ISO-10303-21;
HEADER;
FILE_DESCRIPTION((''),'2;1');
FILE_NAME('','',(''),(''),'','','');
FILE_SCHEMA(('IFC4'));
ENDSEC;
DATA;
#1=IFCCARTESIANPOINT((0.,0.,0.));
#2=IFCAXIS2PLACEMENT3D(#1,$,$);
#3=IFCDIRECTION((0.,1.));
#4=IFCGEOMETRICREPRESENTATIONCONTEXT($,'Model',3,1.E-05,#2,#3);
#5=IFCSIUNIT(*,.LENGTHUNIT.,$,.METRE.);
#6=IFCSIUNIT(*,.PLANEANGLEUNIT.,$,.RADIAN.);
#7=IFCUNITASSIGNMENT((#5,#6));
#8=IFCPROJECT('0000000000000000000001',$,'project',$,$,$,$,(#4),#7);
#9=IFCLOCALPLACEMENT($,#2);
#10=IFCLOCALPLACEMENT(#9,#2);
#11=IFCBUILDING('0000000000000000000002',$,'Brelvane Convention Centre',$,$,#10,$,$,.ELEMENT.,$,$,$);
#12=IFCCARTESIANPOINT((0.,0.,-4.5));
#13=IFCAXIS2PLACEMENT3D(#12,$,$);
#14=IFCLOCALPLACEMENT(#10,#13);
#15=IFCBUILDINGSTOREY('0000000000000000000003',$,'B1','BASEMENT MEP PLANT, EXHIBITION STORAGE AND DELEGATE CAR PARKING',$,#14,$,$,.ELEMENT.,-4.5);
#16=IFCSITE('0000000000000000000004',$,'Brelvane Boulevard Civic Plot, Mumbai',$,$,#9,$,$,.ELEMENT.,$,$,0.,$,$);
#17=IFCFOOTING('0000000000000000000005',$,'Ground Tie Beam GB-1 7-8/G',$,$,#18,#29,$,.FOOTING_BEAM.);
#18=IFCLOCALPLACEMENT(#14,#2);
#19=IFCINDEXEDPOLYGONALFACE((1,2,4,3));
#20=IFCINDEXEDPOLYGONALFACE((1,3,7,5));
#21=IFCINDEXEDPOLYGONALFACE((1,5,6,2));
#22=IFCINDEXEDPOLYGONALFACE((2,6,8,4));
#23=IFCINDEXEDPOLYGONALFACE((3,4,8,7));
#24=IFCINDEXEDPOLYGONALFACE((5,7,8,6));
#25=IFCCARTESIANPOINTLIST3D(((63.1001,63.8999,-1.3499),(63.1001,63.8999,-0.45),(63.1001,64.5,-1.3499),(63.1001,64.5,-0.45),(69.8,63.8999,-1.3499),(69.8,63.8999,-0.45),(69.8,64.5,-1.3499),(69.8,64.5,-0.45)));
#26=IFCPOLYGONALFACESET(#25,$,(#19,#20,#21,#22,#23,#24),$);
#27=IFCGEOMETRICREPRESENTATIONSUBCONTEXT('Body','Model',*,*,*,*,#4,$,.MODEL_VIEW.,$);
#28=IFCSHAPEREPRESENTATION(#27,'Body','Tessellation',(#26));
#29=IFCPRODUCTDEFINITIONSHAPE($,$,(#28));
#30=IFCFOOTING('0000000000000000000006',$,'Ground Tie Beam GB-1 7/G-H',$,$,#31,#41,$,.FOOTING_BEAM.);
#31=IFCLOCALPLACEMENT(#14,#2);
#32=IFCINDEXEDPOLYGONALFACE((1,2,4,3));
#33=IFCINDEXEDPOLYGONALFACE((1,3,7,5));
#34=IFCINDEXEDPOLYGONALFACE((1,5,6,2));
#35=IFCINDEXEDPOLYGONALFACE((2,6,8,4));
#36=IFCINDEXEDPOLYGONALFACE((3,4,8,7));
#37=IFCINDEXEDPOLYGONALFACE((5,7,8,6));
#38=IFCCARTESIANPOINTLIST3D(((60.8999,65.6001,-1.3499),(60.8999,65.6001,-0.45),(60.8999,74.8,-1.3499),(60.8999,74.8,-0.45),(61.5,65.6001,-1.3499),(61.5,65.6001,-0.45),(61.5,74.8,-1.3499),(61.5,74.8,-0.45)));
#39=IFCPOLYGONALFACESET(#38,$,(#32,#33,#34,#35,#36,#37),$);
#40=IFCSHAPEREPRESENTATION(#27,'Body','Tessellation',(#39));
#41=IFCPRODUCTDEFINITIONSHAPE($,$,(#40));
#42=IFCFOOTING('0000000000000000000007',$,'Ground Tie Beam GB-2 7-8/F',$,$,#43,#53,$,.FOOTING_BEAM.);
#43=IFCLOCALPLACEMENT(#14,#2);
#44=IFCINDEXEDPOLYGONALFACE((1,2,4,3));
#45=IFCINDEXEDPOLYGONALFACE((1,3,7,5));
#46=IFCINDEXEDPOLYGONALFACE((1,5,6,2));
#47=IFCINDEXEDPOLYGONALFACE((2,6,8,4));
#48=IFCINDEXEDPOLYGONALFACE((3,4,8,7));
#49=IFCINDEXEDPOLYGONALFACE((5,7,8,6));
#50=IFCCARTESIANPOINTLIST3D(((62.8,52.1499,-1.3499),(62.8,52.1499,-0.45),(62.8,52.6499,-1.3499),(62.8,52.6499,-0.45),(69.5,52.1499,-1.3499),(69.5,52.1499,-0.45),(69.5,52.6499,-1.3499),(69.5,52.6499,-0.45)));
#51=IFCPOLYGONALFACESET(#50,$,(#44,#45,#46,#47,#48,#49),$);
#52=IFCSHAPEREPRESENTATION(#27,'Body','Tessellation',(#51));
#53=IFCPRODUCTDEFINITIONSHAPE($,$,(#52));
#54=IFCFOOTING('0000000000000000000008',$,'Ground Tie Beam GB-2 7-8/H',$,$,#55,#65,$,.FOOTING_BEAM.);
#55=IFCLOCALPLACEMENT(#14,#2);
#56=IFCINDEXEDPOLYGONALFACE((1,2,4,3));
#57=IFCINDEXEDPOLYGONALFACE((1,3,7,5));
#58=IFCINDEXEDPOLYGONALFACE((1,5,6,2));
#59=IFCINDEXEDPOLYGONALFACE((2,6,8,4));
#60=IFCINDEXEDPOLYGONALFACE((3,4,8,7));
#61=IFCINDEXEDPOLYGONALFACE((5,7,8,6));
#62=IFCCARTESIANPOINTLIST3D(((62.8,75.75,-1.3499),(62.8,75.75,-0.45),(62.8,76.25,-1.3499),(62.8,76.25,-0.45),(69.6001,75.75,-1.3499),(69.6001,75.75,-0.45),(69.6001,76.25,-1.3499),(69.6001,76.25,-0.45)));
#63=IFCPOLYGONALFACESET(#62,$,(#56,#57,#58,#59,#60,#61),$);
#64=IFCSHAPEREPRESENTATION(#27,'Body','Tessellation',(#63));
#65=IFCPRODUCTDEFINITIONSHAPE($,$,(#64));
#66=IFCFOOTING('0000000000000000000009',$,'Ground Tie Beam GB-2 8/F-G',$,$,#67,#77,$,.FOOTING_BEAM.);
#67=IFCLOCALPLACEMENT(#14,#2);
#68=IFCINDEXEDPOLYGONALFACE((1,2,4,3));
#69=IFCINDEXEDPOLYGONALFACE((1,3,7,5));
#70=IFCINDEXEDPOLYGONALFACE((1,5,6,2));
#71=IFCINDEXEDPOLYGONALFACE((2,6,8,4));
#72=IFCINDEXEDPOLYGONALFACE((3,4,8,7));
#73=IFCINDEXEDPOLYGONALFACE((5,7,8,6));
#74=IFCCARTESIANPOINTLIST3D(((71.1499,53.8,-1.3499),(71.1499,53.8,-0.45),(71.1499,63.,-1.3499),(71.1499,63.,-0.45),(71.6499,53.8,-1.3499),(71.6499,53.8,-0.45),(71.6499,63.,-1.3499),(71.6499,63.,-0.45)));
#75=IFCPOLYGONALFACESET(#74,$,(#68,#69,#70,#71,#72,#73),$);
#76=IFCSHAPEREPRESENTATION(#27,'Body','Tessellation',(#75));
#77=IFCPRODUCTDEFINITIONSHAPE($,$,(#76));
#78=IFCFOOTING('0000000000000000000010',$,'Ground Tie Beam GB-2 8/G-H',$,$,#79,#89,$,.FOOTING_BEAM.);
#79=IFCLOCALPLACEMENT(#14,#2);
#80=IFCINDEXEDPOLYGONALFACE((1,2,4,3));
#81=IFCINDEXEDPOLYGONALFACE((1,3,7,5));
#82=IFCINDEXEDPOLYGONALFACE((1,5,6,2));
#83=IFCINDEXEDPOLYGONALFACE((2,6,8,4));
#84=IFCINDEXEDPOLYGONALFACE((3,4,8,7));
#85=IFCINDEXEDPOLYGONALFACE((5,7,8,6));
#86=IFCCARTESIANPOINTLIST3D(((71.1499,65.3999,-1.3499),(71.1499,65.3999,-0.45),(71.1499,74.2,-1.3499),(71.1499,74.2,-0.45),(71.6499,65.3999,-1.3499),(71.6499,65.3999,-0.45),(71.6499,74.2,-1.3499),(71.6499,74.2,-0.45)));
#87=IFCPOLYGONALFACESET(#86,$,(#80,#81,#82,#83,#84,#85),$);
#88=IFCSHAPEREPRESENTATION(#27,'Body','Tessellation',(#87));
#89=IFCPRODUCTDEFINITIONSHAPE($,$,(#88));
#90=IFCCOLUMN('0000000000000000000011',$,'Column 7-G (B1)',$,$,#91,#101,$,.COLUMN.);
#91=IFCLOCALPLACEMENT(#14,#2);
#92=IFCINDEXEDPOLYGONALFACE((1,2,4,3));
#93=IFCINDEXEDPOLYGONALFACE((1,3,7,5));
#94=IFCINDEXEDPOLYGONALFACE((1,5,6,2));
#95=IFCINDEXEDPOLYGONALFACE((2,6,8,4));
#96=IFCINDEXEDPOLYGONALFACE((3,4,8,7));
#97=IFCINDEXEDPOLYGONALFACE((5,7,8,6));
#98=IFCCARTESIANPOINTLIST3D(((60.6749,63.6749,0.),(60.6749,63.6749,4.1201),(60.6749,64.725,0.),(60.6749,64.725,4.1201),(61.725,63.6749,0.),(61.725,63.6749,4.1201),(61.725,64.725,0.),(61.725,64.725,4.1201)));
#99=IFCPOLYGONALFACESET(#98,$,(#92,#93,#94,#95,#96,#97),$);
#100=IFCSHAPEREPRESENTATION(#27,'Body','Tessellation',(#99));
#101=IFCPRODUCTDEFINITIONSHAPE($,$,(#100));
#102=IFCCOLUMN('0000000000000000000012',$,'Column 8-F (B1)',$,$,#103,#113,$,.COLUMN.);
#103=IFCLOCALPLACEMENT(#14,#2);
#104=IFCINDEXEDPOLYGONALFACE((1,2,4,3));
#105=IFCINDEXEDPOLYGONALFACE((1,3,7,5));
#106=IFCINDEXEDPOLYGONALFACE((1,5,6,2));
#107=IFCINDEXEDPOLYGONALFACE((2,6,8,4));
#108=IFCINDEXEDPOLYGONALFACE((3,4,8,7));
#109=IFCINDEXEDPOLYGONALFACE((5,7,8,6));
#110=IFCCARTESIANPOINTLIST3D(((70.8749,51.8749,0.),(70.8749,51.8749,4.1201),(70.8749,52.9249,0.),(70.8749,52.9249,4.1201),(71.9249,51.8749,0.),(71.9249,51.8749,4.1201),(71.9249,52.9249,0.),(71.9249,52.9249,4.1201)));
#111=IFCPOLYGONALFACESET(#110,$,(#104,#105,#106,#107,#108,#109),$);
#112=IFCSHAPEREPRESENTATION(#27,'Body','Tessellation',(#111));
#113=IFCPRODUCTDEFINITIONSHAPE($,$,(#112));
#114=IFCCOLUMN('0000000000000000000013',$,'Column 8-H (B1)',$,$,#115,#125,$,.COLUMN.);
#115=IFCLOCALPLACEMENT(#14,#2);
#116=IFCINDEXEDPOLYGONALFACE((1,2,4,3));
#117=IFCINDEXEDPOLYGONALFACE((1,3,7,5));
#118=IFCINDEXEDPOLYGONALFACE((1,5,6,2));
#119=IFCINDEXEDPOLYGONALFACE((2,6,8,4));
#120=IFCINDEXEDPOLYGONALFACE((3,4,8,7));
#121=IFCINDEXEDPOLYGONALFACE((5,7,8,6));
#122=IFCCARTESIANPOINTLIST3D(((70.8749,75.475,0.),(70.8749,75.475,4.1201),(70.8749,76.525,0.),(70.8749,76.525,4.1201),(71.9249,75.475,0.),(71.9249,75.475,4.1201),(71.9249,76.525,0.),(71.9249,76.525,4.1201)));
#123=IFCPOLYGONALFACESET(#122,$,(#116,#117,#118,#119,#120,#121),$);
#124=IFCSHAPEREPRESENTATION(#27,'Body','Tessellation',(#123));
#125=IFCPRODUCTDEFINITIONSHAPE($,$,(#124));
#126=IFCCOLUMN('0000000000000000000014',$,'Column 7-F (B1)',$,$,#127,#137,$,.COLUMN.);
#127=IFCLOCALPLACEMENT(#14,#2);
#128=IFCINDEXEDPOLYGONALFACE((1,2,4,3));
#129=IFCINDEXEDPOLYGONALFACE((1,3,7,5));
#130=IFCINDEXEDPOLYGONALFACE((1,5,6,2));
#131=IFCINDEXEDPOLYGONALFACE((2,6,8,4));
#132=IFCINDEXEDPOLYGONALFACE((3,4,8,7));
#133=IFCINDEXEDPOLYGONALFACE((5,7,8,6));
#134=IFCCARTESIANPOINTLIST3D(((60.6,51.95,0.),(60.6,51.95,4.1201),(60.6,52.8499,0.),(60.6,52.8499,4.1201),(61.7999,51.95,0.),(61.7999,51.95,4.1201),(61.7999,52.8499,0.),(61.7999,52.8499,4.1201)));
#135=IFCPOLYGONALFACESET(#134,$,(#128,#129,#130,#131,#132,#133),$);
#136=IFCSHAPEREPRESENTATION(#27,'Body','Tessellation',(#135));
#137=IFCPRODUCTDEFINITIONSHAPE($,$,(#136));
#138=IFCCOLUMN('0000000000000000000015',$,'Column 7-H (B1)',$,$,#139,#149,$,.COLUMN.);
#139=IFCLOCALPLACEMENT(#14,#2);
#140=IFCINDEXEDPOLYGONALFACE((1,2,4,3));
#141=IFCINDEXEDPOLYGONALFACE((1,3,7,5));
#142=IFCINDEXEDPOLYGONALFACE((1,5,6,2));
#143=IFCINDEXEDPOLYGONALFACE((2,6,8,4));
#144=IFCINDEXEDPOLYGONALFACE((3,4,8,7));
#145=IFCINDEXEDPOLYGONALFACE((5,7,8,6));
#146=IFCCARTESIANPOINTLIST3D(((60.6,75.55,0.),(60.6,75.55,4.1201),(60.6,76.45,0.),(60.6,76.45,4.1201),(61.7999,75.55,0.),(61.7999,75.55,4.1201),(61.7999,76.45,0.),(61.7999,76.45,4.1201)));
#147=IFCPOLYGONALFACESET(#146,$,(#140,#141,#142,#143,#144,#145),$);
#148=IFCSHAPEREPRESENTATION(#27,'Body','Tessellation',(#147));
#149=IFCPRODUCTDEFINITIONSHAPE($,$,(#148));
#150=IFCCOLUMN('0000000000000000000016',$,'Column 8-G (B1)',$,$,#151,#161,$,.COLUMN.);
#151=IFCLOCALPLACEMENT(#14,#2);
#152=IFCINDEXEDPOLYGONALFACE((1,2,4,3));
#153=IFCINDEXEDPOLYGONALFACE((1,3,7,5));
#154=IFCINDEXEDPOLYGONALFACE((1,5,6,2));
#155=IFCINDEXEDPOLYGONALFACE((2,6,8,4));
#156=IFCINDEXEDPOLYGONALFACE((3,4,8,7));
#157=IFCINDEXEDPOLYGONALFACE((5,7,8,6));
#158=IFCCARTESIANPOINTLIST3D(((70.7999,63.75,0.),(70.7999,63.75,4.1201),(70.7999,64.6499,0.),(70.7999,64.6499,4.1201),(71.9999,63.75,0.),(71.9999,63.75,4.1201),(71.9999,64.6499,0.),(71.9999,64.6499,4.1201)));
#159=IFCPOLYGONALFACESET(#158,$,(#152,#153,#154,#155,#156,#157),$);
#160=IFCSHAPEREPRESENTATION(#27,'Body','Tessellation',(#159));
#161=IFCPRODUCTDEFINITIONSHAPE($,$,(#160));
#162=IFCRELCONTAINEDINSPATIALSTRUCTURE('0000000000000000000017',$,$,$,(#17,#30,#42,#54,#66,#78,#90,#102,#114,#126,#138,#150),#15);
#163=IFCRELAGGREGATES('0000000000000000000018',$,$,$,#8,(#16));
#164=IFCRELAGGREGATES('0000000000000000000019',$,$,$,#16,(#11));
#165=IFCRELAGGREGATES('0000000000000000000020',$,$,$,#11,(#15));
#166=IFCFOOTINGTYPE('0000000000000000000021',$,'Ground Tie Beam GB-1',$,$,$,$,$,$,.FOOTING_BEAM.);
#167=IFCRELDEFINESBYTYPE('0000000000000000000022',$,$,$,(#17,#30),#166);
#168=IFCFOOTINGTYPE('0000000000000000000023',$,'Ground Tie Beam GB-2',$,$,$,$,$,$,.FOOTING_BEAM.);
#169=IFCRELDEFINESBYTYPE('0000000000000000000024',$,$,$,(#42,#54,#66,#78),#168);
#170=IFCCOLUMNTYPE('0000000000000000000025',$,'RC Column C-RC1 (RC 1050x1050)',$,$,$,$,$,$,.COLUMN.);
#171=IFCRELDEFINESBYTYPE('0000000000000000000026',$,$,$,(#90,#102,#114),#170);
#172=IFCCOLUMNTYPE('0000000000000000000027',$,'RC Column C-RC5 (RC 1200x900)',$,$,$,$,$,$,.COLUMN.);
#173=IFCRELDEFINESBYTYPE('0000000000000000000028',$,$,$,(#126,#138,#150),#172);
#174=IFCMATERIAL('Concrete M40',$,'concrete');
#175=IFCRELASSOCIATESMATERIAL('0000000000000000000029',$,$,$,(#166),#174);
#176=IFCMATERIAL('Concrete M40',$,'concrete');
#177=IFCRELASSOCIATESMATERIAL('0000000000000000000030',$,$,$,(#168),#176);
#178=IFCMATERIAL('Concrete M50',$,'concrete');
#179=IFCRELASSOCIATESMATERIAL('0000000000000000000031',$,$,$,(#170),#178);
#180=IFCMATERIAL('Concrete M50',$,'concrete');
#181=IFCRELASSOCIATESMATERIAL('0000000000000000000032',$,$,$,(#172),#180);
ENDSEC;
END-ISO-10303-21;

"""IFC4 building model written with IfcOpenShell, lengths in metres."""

from ifc_helpers import new_model, si_unit, direction, frame, origin, origin_2d, place, context, subcontext, project, spatial, rectangle, extrude, material, material_profile, profile_set, type_object, element, save


model = new_model("IFC4")

# Units and contexts
model_context = context("Model", 3, precision=1e-05, world=origin(), true_north=direction((0.0, 1.0)))
body_context = subcontext(model_context, "Body", "Model", "MODEL_VIEW")
ifc_project = project(units=[si_unit("LENGTHUNIT", "METRE"), si_unit("PLANEANGLEUNIT", "RADIAN")], contexts=[model_context])

# Site, building, storey
site_placement = place(None, origin())
site = spatial("IfcSite", under=ifc_project, at=site_placement, Name="Brelvane Boulevard Civic Plot, Mumbai", CompositionType="ELEMENT", RefElevation=0.0)
building_placement = place(site_placement, origin())
building = spatial("IfcBuilding", under=site, at=building_placement, Name="Brelvane Convention Centre", CompositionType="ELEMENT")
storey_placement = place(building_placement, frame((0.0, 0.0, -4.5)))
storey = spatial("IfcBuildingStorey", under=building, at=storey_placement, Name="B1", Description="BASEMENT MEP PLANT, EXHIBITION STORAGE AND DELEGATE CAR PARKING", CompositionType="ELEMENT", Elevation=-4.5)

# Footings
ifc_material_1 = material(Name="Concrete M40", Category="concrete")
ifc_material_profile_1 = material_profile(ifc_material_1, rectangle(XDim=0.6001, YDim=0.8999, at=origin_2d()), Name="RC 600x900")
ifc_profile_set_1 = profile_set([ifc_material_profile_1], Name="Concrete M40")
footing_type_1 = type_object("IfcFootingType", Name="Ground Tie Beam GB-1", PredefinedType="FOOTING_BEAM", material=ifc_profile_set_1)
footing_1_placement = place(storey_placement, frame((63.1001, 64.2, -0.8999), z_axis=(1.0, 0.0, 0.0), x_axis=(0.0, 1.0, 0.0)))
element("IfcFooting", 1, at=footing_1_placement, inside=storey, type_object=footing_type_1, Name="Ground Tie Beam GB-1 7-8/G", PredefinedType="FOOTING_BEAM", context=body_context, shape_type="SweptSolid", body=[
    extrude(rectangle(XDim=0.6001, YDim=0.8999, at=origin_2d()), origin(), (0.0, 0.0, 1.0), 6.7),
])
footing_2_placement = place(storey_placement, frame((61.2, 65.6001, -0.8999), z_axis=(0.0, 1.0, 0.0), x_axis=(-1.0, 0.0, 0.0)))
element("IfcFooting", 2, at=footing_2_placement, inside=storey, type_object=footing_type_1, Name="Ground Tie Beam GB-1 7/G-H", PredefinedType="FOOTING_BEAM", context=body_context, shape_type="SweptSolid", body=[
    extrude(rectangle(XDim=0.6001, YDim=0.8999, at=origin_2d()), origin(), (0.0, 0.0, 1.0), 9.2),
])
ifc_material_2 = material(Name="Concrete M40", Category="concrete")
ifc_material_profile_2 = material_profile(ifc_material_2, rectangle(XDim=0.5, YDim=0.8999, at=origin_2d()), Name="RC 500x900")
ifc_profile_set_2 = profile_set([ifc_material_profile_2], Name="Concrete M40")
footing_type_2 = type_object("IfcFootingType", Name="Ground Tie Beam GB-2", PredefinedType="FOOTING_BEAM", material=ifc_profile_set_2)
footing_3_placement = place(storey_placement, frame((62.8, 52.3999, -0.8999), z_axis=(1.0, 0.0, 0.0), x_axis=(0.0, 1.0, 0.0)))
element("IfcFooting", 3, at=footing_3_placement, inside=storey, type_object=footing_type_2, Name="Ground Tie Beam GB-2 7-8/F", PredefinedType="FOOTING_BEAM", context=body_context, shape_type="SweptSolid", body=[
    extrude(rectangle(XDim=0.5, YDim=0.8999, at=origin_2d()), origin(), (0.0, 0.0, 1.0), 6.7),
])
footing_4_placement = place(storey_placement, frame((62.8, 76.0, -0.8999), z_axis=(1.0, 0.0, 0.0), x_axis=(0.0, 1.0, 0.0)))
element("IfcFooting", 4, at=footing_4_placement, inside=storey, type_object=footing_type_2, Name="Ground Tie Beam GB-2 7-8/H", PredefinedType="FOOTING_BEAM", context=body_context, shape_type="SweptSolid", body=[
    extrude(rectangle(XDim=0.5, YDim=0.8999, at=origin_2d()), origin(), (0.0, 0.0, 1.0), 6.8),
])
footing_5_placement = place(storey_placement, frame((71.3999, 53.8, -0.8999), z_axis=(0.0, 1.0, 0.0), x_axis=(-1.0, 0.0, 0.0)))
element("IfcFooting", 5, at=footing_5_placement, inside=storey, type_object=footing_type_2, Name="Ground Tie Beam GB-2 8/F-G", PredefinedType="FOOTING_BEAM", context=body_context, shape_type="SweptSolid", body=[
    extrude(rectangle(XDim=0.5, YDim=0.8999, at=origin_2d()), origin(), (0.0, 0.0, 1.0), 9.2),
])
footing_6_placement = place(storey_placement, frame((71.3999, 65.3999, -0.8999), z_axis=(0.0, 1.0, 0.0), x_axis=(-1.0, 0.0, 0.0)))
element("IfcFooting", 6, at=footing_6_placement, inside=storey, type_object=footing_type_2, Name="Ground Tie Beam GB-2 8/G-H", PredefinedType="FOOTING_BEAM", context=body_context, shape_type="SweptSolid", body=[
    extrude(rectangle(XDim=0.5, YDim=0.8999, at=origin_2d()), origin(), (0.0, 0.0, 1.0), 8.8),
])

# Columns
ifc_material_3 = material(Name="Concrete M50", Category="concrete")
ifc_material_profile_3 = material_profile(ifc_material_3, rectangle(XDim=1.05, YDim=1.05, at=origin_2d()), Name="RC 1050x1050")
ifc_profile_set_3 = profile_set([ifc_material_profile_3], Name="Concrete M50")
column_type_1 = type_object("IfcColumnType", Name="RC Column C-RC1 (RC 1050x1050)", PredefinedType="COLUMN", material=ifc_profile_set_3)
for number, where, z_axis, x_axis, name in (
    (7, (61.2, 64.2, 0.0), (0.0, 0.0, 1.0), (1.0, 0.0, 0.0), "Column 7-G (B1)"),
    (8, (71.3999, 52.3999, 0.0), (0.0, 0.0, 1.0), (1.0, 0.0, 0.0), "Column 8-F (B1)"),
    (9, (71.3999, 76.0, 0.0), (0.0, 0.0, 1.0), (1.0, 0.0, 0.0), "Column 8-H (B1)"),
):
    element("IfcColumn", number, at=place(storey_placement, frame(where, z_axis=z_axis, x_axis=x_axis)), inside=storey, type_object=column_type_1, Name=name, PredefinedType="COLUMN", context=body_context, shape_type="SweptSolid", body=[
        extrude(rectangle(XDim=1.05, YDim=1.05, at=origin_2d()), origin(), (0.0, 0.0, 1.0), 4.1201),
    ])
ifc_material_4 = material(Name="Concrete M50", Category="concrete")
ifc_material_profile_4 = material_profile(ifc_material_4, rectangle(XDim=1.2, YDim=0.8999, at=origin_2d()), Name="RC 1200x900")
ifc_profile_set_4 = profile_set([ifc_material_profile_4], Name="Concrete M50")
column_type_2 = type_object("IfcColumnType", Name="RC Column C-RC5 (RC 1200x900)", PredefinedType="COLUMN", material=ifc_profile_set_4)
for number, where, z_axis, x_axis, name in (
    (10, (61.2, 52.3999, 0.0), (0.0, 0.0, 1.0), (1.0, 0.0, 0.0), "Column 7-F (B1)"),
    (11, (61.2, 76.0, 0.0), (0.0, 0.0, 1.0), (1.0, 0.0, 0.0), "Column 7-H (B1)"),
    (12, (71.3999, 64.2, 0.0), (0.0, 0.0, 1.0), (1.0, 0.0, 0.0), "Column 8-G (B1)"),
):
    element("IfcColumn", number, at=place(storey_placement, frame(where, z_axis=z_axis, x_axis=x_axis)), inside=storey, type_object=column_type_2, Name=name, PredefinedType="COLUMN", context=body_context, shape_type="SweptSolid", body=[
        extrude(rectangle(XDim=1.2, YDim=0.8999, at=origin_2d()), origin(), (0.0, 0.0, 1.0), 4.1201),
    ])

save(model, "model.ifc")
